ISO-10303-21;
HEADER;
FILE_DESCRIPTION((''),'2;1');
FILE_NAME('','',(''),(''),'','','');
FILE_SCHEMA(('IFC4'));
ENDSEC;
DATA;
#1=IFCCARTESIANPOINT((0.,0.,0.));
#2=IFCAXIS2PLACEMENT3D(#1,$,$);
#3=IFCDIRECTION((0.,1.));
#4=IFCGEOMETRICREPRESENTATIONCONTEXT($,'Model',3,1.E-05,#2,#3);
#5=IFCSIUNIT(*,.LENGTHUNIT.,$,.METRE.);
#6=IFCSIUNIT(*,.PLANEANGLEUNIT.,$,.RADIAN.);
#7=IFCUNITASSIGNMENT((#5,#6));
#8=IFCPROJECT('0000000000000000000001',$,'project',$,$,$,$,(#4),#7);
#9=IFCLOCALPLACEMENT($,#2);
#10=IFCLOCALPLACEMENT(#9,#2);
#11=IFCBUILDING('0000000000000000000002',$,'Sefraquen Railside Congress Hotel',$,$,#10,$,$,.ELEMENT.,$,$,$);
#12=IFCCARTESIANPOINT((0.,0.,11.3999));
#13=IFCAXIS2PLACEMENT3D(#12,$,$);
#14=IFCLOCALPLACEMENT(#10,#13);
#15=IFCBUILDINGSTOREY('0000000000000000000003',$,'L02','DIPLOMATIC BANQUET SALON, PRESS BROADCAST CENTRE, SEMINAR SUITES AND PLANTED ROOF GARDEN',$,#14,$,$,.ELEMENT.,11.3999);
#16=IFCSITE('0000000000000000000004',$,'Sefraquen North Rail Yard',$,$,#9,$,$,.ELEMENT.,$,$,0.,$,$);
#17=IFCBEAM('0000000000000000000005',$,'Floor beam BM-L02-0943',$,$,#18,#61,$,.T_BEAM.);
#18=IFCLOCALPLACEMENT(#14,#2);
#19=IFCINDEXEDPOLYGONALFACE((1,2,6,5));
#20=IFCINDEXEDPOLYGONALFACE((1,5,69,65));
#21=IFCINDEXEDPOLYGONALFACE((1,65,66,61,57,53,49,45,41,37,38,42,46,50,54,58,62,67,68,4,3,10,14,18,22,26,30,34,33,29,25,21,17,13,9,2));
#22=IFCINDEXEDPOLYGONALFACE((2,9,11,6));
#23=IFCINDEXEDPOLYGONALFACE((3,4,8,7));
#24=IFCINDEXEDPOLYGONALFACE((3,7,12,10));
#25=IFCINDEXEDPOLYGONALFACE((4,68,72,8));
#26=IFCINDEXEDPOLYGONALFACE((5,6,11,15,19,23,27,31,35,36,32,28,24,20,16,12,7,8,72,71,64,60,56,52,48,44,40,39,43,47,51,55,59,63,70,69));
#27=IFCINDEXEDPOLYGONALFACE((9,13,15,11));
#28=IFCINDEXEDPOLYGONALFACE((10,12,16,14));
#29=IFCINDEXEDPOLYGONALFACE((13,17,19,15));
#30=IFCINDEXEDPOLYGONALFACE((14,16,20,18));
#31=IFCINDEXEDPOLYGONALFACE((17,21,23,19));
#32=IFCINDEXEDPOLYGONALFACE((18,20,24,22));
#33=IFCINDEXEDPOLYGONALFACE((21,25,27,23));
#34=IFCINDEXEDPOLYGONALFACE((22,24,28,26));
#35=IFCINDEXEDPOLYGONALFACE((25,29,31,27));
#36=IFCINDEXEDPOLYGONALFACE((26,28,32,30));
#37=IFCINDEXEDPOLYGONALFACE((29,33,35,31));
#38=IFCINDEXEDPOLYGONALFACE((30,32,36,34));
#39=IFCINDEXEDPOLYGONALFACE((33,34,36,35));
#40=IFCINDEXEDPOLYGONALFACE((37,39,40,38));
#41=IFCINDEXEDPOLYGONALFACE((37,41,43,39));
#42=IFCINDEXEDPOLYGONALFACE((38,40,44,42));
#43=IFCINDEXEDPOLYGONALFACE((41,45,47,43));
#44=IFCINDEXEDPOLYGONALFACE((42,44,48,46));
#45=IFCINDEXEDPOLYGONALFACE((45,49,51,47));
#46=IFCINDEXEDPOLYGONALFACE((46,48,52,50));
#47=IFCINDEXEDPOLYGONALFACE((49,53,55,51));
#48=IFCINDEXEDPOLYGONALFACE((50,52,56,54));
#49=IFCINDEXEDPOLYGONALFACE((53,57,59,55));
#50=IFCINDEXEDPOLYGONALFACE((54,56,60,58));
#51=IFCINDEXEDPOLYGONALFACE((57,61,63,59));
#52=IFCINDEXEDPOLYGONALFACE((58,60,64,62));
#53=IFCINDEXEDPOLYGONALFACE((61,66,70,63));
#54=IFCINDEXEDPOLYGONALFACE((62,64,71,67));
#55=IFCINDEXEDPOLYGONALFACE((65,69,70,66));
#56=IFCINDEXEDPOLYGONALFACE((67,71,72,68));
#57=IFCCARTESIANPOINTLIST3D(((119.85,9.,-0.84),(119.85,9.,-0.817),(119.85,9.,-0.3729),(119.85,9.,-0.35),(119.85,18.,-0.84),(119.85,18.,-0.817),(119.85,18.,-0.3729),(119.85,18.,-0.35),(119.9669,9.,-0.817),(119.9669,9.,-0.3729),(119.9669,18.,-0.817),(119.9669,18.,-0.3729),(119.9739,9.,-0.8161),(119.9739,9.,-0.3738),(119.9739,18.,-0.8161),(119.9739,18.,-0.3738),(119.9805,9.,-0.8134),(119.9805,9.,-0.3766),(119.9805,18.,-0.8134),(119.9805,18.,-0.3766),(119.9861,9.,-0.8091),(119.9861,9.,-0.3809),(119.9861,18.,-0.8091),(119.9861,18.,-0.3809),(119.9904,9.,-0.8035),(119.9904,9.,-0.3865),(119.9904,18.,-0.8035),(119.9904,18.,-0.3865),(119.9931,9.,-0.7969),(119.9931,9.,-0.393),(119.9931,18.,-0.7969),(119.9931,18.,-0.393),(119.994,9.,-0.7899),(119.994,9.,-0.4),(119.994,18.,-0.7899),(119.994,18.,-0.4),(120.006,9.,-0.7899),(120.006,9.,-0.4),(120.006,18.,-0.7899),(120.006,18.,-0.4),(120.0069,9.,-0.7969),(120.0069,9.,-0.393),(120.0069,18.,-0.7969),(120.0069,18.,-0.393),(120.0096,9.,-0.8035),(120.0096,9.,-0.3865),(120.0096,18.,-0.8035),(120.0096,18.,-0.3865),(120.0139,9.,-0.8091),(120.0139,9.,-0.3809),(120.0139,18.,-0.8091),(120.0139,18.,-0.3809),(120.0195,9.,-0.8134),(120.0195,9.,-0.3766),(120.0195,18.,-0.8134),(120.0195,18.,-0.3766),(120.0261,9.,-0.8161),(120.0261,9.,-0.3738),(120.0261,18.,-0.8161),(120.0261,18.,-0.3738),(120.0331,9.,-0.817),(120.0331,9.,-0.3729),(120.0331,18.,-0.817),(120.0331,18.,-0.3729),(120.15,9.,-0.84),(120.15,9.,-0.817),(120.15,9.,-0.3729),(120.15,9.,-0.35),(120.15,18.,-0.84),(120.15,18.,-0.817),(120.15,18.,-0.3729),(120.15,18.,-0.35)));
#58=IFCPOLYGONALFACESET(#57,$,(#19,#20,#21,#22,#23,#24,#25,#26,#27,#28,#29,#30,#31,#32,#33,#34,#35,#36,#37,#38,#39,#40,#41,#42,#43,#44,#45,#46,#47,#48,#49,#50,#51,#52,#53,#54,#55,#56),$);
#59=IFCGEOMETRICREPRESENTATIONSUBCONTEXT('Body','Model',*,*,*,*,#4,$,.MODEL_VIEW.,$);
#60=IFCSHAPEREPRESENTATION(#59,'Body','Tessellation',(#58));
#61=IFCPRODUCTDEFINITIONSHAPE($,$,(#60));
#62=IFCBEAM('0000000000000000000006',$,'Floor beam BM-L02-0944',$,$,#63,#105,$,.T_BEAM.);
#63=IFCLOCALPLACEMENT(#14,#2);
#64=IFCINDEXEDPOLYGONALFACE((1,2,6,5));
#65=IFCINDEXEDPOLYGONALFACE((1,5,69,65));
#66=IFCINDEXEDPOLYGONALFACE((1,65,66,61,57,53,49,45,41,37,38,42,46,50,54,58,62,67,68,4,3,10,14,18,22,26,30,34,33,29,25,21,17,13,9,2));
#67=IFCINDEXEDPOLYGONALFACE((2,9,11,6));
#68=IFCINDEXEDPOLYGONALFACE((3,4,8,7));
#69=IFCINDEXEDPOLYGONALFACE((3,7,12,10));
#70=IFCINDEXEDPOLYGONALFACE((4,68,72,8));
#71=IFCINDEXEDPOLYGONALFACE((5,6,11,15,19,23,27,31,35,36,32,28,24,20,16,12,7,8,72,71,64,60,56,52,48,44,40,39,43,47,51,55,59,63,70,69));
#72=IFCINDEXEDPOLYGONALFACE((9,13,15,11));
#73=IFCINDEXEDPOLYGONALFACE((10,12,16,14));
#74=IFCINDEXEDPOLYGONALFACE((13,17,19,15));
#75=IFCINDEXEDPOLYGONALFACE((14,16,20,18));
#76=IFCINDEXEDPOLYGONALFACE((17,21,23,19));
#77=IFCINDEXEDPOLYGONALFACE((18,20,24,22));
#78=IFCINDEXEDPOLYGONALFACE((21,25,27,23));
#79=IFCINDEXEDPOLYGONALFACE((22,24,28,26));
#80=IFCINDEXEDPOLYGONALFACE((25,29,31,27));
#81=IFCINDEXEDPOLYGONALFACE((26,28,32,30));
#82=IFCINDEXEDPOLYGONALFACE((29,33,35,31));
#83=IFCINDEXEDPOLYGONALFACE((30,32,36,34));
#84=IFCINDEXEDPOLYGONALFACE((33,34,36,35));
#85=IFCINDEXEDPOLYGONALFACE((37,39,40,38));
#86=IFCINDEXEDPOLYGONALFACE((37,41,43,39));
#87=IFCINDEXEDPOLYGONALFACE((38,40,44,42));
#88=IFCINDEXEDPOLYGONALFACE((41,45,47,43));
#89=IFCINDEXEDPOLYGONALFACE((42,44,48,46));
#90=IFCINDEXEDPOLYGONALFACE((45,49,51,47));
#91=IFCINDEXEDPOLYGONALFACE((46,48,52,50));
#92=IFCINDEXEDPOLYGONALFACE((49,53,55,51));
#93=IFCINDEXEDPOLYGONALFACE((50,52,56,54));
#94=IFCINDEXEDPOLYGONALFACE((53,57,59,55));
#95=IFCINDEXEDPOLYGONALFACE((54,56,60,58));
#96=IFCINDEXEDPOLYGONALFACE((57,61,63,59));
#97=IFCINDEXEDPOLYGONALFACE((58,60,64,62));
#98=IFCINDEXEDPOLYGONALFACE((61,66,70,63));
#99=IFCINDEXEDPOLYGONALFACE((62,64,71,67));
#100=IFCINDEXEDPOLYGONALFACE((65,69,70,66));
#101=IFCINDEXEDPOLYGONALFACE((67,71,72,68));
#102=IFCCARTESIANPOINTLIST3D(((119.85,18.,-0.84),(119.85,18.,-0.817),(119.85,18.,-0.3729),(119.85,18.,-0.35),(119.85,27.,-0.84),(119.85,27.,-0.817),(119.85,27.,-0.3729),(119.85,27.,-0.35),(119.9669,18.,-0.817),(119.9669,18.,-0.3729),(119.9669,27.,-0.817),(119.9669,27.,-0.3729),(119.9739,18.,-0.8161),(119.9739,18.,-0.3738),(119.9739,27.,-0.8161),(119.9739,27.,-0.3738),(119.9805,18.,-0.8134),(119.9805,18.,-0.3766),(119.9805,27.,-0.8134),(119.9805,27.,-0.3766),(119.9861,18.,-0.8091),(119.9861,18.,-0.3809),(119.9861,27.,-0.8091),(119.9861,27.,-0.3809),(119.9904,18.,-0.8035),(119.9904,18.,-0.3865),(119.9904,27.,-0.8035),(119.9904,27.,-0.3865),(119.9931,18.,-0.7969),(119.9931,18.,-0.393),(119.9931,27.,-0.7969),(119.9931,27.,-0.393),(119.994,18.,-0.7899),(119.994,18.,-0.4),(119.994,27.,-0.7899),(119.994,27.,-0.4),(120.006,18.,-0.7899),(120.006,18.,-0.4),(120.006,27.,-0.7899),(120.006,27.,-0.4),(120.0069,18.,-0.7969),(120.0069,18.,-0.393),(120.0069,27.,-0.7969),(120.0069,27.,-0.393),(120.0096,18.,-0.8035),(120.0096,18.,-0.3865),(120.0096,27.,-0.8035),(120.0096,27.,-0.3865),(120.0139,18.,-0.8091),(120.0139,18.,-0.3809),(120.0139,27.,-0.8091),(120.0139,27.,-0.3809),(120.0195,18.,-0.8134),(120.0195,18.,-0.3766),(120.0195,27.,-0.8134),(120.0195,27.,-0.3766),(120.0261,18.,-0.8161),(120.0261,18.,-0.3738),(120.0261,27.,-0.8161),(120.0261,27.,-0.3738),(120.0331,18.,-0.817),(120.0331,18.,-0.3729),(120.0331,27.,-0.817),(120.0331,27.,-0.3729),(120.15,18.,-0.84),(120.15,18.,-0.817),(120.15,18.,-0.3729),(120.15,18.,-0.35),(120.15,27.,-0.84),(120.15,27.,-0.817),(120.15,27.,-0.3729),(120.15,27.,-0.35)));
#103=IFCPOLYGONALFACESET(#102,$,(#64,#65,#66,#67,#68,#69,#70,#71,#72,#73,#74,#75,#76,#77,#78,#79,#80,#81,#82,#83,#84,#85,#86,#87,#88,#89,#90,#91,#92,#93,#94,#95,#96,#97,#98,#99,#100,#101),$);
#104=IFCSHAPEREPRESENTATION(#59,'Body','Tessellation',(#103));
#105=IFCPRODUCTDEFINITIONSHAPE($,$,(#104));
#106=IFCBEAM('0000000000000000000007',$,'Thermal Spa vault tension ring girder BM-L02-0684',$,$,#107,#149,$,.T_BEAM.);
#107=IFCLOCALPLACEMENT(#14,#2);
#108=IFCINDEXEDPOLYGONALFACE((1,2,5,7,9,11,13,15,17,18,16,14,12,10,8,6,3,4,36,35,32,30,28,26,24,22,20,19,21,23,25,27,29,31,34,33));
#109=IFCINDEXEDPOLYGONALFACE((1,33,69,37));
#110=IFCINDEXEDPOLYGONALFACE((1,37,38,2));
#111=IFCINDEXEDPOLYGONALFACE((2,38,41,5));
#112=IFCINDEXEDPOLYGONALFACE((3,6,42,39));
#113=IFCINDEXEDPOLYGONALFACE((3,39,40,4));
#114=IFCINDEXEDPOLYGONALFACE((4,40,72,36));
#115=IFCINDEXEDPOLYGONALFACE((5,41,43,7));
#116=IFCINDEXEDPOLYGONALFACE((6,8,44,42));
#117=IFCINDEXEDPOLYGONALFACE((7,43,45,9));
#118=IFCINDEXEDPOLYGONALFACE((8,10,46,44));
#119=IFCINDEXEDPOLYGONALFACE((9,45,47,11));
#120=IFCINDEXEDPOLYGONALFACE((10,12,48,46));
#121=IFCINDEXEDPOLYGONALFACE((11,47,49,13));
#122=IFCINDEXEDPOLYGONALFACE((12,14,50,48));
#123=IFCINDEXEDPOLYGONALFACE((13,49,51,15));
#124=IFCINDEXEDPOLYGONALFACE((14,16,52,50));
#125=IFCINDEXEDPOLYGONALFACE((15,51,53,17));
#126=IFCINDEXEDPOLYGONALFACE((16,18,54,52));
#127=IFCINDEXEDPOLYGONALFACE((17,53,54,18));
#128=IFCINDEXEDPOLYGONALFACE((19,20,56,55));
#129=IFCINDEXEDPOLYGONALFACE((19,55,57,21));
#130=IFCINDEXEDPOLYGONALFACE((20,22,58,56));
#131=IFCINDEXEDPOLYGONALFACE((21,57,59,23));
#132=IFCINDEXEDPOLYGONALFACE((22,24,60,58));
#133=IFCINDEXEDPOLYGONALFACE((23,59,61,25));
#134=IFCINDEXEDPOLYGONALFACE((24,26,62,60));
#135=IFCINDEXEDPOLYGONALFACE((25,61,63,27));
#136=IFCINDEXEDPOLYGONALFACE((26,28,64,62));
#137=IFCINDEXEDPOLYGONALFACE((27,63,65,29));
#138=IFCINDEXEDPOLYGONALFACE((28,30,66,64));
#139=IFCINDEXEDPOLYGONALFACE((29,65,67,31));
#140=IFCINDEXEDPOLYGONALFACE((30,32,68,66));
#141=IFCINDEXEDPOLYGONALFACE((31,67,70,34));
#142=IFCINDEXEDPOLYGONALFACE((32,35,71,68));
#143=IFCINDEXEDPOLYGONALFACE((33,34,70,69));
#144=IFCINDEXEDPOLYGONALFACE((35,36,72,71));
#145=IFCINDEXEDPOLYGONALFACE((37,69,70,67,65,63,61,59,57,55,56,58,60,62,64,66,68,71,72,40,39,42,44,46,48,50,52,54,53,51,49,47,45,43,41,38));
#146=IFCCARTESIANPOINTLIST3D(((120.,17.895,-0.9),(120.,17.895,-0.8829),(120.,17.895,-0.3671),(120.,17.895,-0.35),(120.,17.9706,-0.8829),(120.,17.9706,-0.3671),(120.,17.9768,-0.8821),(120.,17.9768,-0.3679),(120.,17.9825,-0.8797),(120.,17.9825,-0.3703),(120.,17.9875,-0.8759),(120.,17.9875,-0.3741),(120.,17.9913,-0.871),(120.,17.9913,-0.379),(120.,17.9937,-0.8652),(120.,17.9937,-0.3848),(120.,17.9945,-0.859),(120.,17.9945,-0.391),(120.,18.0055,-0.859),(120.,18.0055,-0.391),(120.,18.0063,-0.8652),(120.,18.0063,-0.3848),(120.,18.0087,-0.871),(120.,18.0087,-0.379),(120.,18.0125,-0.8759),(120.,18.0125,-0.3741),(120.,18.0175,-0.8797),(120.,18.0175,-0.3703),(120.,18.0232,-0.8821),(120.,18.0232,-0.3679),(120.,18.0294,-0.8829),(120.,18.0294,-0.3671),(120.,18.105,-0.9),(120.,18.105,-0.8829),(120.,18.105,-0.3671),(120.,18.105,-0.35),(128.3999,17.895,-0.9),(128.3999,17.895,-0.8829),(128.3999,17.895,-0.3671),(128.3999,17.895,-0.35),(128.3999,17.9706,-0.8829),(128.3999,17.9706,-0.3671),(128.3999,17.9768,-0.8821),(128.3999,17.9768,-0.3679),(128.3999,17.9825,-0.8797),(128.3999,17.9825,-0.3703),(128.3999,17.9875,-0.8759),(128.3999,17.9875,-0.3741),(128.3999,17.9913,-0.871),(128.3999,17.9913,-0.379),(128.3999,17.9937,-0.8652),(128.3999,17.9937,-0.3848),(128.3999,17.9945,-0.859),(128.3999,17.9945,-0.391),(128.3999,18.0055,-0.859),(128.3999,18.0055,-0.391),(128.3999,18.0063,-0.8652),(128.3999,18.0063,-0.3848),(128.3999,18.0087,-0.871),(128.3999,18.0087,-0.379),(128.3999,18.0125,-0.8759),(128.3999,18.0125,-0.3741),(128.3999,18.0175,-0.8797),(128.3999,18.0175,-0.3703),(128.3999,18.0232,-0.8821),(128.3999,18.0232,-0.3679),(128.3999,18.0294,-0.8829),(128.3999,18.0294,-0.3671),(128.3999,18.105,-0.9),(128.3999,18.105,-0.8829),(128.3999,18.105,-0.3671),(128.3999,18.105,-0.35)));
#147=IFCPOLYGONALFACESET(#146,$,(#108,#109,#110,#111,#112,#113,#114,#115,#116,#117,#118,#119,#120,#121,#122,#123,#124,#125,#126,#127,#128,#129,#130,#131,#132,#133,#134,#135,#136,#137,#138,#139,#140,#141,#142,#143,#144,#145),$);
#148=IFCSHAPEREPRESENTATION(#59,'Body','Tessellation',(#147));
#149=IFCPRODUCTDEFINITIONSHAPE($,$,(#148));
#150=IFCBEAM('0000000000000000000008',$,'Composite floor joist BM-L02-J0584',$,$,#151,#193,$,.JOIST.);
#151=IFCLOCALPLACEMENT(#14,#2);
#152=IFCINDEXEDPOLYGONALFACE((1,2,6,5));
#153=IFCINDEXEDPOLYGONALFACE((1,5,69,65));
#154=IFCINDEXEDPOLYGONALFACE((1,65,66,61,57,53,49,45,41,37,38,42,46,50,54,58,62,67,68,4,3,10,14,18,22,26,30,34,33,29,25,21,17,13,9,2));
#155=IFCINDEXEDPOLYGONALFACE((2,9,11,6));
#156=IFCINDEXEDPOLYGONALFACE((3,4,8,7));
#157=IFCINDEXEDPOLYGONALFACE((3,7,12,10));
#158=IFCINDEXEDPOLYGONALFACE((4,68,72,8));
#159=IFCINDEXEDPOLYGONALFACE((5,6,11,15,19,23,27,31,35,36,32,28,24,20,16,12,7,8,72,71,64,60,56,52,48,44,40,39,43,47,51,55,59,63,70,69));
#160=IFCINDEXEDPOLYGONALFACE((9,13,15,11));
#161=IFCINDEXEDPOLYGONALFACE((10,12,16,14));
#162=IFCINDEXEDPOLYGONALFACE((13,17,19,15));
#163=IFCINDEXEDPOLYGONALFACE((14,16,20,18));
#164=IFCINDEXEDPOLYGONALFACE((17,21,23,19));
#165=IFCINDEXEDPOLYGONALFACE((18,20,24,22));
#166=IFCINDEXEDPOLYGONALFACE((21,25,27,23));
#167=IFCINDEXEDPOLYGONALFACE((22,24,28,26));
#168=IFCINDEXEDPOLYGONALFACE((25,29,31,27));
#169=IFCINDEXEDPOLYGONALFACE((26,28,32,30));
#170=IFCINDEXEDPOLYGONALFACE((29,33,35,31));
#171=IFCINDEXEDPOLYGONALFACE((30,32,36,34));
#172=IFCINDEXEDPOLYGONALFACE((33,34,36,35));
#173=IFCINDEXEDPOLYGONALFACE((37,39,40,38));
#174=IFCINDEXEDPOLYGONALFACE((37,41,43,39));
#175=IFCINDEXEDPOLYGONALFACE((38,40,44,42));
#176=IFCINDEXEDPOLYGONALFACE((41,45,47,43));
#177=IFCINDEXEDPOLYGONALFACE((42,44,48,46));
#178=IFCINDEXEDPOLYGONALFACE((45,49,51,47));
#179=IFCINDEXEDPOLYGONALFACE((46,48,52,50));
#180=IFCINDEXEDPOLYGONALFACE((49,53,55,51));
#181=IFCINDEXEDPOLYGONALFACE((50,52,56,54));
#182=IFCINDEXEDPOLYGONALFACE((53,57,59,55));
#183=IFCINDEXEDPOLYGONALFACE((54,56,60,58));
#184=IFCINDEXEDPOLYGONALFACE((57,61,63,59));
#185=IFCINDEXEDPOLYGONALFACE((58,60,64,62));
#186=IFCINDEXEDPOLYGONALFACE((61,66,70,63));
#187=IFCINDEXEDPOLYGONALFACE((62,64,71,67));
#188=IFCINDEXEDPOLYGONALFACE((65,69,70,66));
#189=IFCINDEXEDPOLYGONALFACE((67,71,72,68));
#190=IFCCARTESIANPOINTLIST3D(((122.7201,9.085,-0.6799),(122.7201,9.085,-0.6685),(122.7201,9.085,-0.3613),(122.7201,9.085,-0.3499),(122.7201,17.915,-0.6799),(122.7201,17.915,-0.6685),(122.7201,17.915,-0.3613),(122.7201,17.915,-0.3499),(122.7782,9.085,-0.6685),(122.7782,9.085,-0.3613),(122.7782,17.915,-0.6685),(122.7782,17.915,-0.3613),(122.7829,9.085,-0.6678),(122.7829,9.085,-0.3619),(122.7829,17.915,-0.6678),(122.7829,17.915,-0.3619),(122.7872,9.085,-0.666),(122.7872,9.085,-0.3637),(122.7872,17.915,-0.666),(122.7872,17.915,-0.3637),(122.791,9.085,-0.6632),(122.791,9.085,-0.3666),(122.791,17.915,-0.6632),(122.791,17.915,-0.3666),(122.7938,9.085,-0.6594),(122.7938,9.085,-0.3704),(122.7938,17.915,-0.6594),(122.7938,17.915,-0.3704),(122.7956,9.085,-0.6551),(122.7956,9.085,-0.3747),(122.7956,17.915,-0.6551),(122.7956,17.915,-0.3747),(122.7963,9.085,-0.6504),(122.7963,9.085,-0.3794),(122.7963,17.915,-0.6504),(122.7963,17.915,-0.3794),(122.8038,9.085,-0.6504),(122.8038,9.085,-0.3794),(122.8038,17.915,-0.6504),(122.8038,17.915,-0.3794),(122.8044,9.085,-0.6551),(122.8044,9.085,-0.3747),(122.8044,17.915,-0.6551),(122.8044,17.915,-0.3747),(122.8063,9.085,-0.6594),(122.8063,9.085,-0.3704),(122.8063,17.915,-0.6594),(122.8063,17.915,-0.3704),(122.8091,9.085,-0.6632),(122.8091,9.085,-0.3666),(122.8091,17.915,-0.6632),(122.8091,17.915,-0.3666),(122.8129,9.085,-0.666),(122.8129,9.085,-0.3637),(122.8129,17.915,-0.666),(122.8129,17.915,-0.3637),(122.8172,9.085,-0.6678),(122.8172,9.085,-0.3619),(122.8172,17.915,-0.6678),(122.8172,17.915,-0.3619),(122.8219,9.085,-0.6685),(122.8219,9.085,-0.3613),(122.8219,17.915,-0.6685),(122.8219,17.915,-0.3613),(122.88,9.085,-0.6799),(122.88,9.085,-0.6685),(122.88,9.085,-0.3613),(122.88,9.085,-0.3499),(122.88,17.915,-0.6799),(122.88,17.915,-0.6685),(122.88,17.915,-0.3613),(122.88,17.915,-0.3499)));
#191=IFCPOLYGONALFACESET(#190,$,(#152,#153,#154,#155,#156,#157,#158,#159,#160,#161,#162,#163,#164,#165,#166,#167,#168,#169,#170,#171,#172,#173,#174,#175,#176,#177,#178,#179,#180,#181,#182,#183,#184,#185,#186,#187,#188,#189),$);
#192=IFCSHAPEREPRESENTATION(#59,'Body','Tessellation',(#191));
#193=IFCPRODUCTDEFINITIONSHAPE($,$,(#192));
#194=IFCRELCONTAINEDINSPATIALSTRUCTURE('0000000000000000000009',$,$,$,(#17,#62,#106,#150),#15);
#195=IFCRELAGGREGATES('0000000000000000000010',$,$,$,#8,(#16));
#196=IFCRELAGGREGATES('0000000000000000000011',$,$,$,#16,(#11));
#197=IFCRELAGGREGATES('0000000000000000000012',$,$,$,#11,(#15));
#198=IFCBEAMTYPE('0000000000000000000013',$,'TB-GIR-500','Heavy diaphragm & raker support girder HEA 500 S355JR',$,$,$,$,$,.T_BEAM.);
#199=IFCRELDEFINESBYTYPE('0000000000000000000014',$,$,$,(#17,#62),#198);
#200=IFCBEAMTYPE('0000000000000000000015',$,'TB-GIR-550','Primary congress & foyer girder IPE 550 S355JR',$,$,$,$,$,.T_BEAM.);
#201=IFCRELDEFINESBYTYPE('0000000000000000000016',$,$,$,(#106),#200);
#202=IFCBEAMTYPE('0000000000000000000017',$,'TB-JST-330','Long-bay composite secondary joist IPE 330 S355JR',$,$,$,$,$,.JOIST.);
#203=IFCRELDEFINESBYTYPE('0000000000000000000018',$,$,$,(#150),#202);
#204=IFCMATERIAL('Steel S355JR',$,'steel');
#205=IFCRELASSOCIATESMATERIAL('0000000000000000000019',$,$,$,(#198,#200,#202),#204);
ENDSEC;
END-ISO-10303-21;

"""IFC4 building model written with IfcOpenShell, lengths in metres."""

from ifc_helpers import new_model, si_unit, direction, frame, origin, origin_2d, place, context, subcontext, project, spatial, i_section, extrude, material, material_profile, profile_set, type_object, element, save


model = new_model("IFC4")

# Units and contexts
model_context = context("Model", 3, precision=1e-05, world=origin(), true_north=direction((0.0, 1.0)))
body_context = subcontext(model_context, "Body", "Model", "MODEL_VIEW")
ifc_project = project(units=[si_unit("LENGTHUNIT", "METRE"), si_unit("PLANEANGLEUNIT", "RADIAN")], contexts=[model_context])

# Site, building, storey
site_placement = place(None, origin())
site = spatial("IfcSite", under=ifc_project, at=site_placement, Name="Sefraquen North Rail Yard", CompositionType="ELEMENT", RefElevation=0.0)
building_placement = place(site_placement, origin())
building = spatial("IfcBuilding", under=site, at=building_placement, Name="Sefraquen Railside Congress Hotel", CompositionType="ELEMENT")
storey_placement = place(building_placement, frame((0.0, 0.0, 11.3999)))
storey = spatial("IfcBuildingStorey", under=building, at=storey_placement, Name="L02", Description="DIPLOMATIC BANQUET SALON, PRESS BROADCAST CENTRE, SEMINAR SUITES AND PLANTED ROOF GARDEN", CompositionType="ELEMENT", Elevation=11.3999)

# Beams
ifc_material_1 = material(Name="Steel S355JR", Category="steel")
ifc_material_profile_1 = material_profile(ifc_material_1, i_section(OverallWidth=0.3, OverallDepth=0.49, WebThickness=0.012, FlangeThickness=0.0229, FilletRadius=0.0271, at=origin_2d()), Name="HEA 500")
ifc_profile_set_1 = profile_set([ifc_material_profile_1], Name="Steel S355JR")
beam_type_1 = type_object("IfcBeamType", Name="TB-GIR-500", Description="Heavy diaphragm & raker support girder HEA 500 S355JR", PredefinedType="T_BEAM", material=ifc_profile_set_1)
for number, where, z_axis, x_axis, name in (
    (1, (120.0, 9.0, -0.595), (0.0, 1.0, 0.0), (-1.0, 0.0, 0.0), "Floor beam BM-L02-0943"),
    (2, (120.0, 18.0, -0.595), (0.0, 1.0, 0.0), (-1.0, 0.0, 0.0), "Floor beam BM-L02-0944"),
):
    element("IfcBeam", number, at=place(storey_placement, frame(where, z_axis=z_axis, x_axis=x_axis)), inside=storey, type_object=beam_type_1, Name=name, PredefinedType="T_BEAM", context=body_context, shape_type="SweptSolid", body=[
        extrude(i_section(OverallWidth=0.3, OverallDepth=0.49, WebThickness=0.012, FlangeThickness=0.0229, FilletRadius=0.0271, at=origin_2d()), origin(), (0.0, 0.0, 1.0), 9.0),
    ])
ifc_material_profile_2 = material_profile(ifc_material_1, i_section(OverallWidth=0.21, OverallDepth=0.55, WebThickness=0.011, FlangeThickness=0.0171, FilletRadius=0.0239, at=origin_2d()), Name="IPE 550")
ifc_profile_set_2 = profile_set([ifc_material_profile_2], Name="Steel S355JR")
beam_type_2 = type_object("IfcBeamType", Name="TB-GIR-550", Description="Primary congress & foyer girder IPE 550 S355JR", PredefinedType="T_BEAM", material=ifc_profile_set_2)
beam_placement = place(storey_placement, frame((120.0, 18.0, -0.625), z_axis=(1.0, 0.0, 0.0), x_axis=(0.0, 1.0, 0.0)))
element("IfcBeam", 3, at=beam_placement, inside=storey, type_object=beam_type_2, Name="Thermal Spa vault tension ring girder BM-L02-0684", PredefinedType="T_BEAM", context=body_context, shape_type="SweptSolid", body=[
    extrude(i_section(OverallWidth=0.21, OverallDepth=0.55, WebThickness=0.011, FlangeThickness=0.0171, FilletRadius=0.0239, at=origin_2d()), origin(), (0.0, 0.0, 1.0), 8.3999),
])
ifc_material_profile_3 = material_profile(ifc_material_1, i_section(OverallWidth=0.1599, OverallDepth=0.3301, WebThickness=0.0076, FlangeThickness=0.0115, FilletRadius=0.0181, at=origin_2d()), Name="IPE 330")
ifc_profile_set_3 = profile_set([ifc_material_profile_3], Name="Steel S355JR")
beam_type_3 = type_object("IfcBeamType", Name="TB-JST-330", Description="Long-bay composite secondary joist IPE 330 S355JR", PredefinedType="JOIST", material=ifc_profile_set_3)
for number, where, z_axis, x_axis, name in (
    (4, (122.8, 9.085, -0.5149), (0.0, 1.0, 0.0), (-1.0, 0.0, 0.0), "Composite floor joist BM-L02-J0584"),
):
    element("IfcBeam", number, at=place(storey_placement, frame(where, z_axis=z_axis, x_axis=x_axis)), inside=storey, type_object=beam_type_3, Name=name, PredefinedType="JOIST", context=body_context, shape_type="SweptSolid", body=[
        extrude(i_section(OverallWidth=0.1599, OverallDepth=0.3301, WebThickness=0.0076, FlangeThickness=0.0115, FilletRadius=0.0181, at=origin_2d()), origin(), (0.0, 0.0, 1.0), 8.8301),
    ])

save(model, "model.ifc")
